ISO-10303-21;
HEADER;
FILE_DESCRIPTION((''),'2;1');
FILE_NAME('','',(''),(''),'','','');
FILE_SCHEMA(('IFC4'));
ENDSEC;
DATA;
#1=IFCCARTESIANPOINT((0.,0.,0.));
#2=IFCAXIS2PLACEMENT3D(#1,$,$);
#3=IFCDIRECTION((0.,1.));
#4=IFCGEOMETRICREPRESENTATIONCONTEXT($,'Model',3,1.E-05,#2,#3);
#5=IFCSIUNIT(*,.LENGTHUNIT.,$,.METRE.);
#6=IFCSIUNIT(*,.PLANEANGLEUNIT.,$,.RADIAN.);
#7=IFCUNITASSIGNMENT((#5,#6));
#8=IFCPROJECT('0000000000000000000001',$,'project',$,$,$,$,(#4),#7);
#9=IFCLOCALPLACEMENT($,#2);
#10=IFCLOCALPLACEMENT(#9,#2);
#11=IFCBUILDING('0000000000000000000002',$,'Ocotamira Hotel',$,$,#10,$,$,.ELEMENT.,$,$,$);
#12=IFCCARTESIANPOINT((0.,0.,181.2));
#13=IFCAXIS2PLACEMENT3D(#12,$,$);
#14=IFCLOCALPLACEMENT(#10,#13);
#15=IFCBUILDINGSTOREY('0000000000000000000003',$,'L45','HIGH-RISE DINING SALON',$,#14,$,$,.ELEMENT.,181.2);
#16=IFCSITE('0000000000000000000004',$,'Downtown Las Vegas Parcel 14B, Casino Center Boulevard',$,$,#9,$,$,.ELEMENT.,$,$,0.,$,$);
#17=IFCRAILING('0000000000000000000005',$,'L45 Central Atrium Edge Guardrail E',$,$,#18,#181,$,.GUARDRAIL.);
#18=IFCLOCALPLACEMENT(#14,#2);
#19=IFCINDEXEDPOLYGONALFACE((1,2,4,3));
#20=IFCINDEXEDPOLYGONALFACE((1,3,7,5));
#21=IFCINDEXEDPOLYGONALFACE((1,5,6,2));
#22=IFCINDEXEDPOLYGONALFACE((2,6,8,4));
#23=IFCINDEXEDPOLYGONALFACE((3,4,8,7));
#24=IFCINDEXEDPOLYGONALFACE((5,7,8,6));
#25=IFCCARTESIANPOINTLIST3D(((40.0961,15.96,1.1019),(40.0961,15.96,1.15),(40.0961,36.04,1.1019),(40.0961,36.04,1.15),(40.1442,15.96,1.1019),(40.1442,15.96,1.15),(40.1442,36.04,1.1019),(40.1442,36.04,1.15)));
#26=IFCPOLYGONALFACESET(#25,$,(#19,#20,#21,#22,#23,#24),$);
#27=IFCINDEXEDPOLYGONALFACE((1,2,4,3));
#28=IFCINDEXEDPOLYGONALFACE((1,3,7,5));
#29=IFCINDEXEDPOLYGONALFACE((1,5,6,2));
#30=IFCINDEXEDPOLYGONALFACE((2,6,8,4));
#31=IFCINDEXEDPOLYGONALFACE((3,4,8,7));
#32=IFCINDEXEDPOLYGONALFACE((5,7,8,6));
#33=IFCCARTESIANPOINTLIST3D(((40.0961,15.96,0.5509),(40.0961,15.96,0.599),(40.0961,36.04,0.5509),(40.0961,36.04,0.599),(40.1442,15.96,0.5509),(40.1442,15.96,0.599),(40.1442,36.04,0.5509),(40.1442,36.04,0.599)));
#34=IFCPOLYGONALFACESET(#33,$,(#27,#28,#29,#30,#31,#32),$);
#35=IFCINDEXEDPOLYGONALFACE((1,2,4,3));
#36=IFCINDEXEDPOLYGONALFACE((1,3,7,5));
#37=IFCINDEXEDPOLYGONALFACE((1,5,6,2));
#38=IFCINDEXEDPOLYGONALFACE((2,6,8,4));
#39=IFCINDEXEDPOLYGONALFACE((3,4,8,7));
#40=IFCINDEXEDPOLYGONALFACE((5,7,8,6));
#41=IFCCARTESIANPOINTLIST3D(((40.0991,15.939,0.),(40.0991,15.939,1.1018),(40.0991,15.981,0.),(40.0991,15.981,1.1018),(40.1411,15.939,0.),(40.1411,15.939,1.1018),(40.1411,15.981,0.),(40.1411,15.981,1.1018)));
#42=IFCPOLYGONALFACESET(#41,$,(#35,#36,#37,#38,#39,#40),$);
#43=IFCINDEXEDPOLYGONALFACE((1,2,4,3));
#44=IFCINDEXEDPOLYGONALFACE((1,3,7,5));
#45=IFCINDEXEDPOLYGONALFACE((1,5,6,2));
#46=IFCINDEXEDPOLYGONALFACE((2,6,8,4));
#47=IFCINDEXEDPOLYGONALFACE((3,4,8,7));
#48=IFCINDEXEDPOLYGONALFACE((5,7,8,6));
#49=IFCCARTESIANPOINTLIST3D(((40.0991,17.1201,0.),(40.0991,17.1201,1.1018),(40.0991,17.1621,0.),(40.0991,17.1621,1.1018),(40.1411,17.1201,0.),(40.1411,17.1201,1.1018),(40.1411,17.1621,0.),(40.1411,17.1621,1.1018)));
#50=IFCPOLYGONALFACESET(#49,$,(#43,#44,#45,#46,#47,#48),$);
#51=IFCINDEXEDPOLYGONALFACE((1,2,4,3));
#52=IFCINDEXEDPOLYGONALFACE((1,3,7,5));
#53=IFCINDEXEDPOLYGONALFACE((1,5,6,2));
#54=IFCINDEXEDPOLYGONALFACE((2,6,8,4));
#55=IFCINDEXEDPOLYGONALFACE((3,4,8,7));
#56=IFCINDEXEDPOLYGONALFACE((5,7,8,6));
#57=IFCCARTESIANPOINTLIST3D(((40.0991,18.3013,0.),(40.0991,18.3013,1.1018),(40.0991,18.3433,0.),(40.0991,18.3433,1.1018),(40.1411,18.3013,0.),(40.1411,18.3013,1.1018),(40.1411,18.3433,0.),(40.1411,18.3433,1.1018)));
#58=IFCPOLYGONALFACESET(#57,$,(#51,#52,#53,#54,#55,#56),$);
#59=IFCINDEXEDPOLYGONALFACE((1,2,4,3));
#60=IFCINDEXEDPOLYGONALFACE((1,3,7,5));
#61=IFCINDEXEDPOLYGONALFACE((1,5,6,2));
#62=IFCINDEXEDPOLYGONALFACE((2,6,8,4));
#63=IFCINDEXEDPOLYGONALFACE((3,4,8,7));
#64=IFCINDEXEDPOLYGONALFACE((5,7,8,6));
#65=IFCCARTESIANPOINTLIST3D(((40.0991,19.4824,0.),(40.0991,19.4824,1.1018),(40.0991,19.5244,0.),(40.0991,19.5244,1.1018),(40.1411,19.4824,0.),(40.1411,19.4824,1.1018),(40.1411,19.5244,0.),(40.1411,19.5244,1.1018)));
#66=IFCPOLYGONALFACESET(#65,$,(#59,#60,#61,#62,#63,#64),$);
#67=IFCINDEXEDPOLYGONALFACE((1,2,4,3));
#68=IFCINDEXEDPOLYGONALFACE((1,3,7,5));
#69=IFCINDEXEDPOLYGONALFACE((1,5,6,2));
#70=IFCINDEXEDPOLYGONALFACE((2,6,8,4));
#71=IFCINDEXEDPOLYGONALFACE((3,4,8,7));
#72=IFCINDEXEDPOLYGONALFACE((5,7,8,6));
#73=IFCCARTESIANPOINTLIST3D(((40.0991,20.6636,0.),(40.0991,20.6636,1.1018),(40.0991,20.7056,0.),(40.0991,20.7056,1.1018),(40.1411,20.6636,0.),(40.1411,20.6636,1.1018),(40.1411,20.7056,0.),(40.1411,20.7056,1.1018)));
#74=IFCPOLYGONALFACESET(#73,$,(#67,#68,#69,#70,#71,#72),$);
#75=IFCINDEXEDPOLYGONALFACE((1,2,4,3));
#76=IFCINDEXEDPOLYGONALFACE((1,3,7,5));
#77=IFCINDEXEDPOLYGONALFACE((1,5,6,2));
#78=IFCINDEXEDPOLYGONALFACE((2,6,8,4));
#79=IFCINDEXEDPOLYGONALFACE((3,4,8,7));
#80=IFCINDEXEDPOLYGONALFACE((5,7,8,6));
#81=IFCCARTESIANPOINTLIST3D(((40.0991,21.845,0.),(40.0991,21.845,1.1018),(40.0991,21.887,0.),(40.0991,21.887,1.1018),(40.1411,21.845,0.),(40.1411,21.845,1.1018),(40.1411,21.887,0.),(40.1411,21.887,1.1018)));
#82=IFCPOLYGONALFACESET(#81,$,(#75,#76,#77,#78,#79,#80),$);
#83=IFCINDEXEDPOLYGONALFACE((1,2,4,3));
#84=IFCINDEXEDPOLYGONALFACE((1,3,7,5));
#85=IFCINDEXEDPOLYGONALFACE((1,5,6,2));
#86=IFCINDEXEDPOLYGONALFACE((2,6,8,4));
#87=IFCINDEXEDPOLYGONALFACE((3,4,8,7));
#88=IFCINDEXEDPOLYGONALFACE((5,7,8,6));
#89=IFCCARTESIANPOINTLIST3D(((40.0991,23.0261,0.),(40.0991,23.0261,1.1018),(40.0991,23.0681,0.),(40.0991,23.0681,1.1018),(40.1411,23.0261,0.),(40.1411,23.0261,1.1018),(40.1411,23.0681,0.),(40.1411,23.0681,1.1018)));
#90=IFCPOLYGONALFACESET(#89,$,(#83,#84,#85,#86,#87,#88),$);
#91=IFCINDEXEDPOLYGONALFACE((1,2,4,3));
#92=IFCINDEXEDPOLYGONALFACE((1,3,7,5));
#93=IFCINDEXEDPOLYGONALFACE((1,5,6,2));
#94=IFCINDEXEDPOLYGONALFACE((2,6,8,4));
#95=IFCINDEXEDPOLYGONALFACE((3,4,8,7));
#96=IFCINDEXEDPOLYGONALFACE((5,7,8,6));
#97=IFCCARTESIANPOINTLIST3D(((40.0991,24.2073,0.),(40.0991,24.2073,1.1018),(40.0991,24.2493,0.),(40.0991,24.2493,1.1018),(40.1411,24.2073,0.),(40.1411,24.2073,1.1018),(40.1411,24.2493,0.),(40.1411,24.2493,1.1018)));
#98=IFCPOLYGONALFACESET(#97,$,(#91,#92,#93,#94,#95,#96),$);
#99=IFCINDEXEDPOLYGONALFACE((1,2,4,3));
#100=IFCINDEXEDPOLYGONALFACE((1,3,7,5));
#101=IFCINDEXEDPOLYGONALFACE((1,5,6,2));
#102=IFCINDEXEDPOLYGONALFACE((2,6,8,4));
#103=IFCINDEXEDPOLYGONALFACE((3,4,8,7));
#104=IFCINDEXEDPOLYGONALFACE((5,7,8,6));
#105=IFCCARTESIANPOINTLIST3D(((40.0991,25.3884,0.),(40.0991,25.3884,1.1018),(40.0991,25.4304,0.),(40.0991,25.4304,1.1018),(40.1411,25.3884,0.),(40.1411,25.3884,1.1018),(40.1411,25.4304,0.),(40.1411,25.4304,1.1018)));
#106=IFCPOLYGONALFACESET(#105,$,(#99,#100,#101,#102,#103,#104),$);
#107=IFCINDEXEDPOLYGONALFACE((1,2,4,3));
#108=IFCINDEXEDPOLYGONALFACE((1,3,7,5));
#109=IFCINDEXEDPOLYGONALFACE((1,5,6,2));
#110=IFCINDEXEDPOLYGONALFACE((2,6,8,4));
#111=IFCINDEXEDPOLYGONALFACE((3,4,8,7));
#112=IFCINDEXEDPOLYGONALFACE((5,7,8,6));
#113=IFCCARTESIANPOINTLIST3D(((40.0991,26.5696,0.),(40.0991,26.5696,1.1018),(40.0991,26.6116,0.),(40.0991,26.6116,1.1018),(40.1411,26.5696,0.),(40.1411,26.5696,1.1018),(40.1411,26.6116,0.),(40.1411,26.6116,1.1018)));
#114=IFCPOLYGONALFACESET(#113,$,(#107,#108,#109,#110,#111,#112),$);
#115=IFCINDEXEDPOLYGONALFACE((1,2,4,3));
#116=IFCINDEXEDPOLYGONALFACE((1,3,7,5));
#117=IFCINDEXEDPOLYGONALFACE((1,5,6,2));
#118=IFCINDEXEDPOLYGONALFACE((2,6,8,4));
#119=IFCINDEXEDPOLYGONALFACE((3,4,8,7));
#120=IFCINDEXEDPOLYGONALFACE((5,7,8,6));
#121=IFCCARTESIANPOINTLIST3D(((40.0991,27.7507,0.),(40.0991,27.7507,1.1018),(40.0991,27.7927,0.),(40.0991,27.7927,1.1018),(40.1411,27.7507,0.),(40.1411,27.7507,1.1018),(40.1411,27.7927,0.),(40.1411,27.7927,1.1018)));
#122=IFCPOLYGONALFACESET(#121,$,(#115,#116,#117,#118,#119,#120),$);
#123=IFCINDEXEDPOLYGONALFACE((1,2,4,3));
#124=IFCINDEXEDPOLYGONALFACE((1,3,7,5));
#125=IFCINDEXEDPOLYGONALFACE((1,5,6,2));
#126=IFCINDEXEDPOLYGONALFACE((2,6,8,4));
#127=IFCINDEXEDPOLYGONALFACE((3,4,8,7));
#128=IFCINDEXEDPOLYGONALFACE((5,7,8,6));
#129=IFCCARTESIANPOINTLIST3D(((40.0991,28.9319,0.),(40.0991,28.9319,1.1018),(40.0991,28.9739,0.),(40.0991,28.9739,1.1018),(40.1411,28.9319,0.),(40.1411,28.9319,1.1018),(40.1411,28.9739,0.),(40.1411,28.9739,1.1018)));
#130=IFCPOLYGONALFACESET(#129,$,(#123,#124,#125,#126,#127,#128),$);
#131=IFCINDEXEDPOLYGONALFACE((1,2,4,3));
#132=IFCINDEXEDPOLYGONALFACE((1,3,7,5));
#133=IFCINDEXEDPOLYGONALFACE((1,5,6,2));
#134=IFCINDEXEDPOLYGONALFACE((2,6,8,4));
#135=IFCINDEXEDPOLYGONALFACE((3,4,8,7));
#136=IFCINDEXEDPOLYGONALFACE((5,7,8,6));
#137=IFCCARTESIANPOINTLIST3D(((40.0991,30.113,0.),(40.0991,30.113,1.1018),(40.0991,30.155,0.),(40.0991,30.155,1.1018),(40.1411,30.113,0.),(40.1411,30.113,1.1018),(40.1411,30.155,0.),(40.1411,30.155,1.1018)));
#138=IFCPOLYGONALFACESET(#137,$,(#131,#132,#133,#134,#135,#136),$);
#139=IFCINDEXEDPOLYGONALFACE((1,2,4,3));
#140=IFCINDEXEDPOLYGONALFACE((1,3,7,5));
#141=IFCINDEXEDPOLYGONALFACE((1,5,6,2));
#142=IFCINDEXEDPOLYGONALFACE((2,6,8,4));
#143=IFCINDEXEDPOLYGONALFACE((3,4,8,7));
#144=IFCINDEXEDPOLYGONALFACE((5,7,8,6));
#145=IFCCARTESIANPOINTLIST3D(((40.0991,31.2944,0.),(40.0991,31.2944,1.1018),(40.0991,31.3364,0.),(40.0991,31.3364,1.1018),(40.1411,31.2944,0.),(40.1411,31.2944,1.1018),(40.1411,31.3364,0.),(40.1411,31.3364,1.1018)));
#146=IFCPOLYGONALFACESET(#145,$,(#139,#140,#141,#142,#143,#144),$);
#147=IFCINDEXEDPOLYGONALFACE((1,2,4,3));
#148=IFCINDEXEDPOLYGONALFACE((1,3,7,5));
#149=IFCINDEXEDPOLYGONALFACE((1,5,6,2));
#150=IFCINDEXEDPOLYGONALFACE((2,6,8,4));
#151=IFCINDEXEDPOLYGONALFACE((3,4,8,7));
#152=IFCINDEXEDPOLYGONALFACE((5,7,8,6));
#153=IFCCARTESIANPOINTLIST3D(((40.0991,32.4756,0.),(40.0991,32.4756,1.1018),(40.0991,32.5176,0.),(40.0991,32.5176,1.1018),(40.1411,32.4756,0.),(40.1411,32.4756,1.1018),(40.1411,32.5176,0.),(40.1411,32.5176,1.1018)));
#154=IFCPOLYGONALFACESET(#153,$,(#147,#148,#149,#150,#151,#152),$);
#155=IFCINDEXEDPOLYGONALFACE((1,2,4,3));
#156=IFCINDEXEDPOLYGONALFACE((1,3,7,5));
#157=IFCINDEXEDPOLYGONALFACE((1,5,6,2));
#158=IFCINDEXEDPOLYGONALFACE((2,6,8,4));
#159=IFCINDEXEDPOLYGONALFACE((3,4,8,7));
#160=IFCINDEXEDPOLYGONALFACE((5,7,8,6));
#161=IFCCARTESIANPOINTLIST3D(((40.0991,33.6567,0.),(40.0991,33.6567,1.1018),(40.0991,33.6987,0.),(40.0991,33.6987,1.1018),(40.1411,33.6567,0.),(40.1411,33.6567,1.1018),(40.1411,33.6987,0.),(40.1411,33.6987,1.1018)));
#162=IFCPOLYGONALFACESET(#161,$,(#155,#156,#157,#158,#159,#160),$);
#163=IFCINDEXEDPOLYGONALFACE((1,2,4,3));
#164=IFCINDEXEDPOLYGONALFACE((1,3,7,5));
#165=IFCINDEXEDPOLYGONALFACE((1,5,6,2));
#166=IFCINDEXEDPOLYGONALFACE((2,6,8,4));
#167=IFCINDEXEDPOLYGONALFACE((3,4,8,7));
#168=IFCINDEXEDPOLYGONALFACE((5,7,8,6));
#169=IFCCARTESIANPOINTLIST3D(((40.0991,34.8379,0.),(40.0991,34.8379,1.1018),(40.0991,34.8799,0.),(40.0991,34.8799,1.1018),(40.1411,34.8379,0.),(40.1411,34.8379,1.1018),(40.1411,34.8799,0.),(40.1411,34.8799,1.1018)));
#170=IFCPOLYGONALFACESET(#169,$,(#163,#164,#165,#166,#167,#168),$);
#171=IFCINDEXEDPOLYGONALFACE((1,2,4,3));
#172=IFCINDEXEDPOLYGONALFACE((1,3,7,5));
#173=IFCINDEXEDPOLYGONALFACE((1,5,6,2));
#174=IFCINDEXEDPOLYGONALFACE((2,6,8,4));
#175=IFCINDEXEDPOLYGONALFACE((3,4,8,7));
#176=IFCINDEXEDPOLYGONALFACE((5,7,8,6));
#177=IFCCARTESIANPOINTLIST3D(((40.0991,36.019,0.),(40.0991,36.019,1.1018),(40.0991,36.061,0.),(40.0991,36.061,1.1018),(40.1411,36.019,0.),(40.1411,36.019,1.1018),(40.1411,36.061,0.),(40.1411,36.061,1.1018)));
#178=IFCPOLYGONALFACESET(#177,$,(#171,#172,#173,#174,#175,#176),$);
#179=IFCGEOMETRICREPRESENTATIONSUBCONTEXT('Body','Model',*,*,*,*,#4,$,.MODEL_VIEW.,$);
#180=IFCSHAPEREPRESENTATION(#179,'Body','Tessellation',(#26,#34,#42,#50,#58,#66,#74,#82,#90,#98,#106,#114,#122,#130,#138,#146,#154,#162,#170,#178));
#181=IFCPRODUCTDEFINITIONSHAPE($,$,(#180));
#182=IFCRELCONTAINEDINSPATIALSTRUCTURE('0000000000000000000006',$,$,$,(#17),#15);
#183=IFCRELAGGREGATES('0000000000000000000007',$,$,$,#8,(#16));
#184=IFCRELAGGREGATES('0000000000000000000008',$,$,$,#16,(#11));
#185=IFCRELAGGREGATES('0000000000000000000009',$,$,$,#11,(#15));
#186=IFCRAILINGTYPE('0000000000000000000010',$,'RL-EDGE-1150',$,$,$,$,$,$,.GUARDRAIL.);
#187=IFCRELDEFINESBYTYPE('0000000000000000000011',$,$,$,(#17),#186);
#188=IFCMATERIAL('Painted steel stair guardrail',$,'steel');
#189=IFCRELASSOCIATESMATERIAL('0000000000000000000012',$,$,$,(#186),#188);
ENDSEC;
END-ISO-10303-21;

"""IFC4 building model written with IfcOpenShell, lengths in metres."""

from ifc_helpers import new_model, si_unit, direction, frame, origin, origin_2d, place, context, subcontext, project, spatial, rectangle, extrude, material, type_object, element, save


model = new_model("IFC4")

# Units and contexts
model_context = context("Model", 3, precision=1e-05, world=origin(), true_north=direction((0.0, 1.0)))
body_context = subcontext(model_context, "Body", "Model", "MODEL_VIEW")
ifc_project = project(units=[si_unit("LENGTHUNIT", "METRE"), si_unit("PLANEANGLEUNIT", "RADIAN")], contexts=[model_context])

# Site, building, storey
site_placement = place(None, origin())
site = spatial("IfcSite", under=ifc_project, at=site_placement, Name="Downtown Las Vegas Parcel 14B, Casino Center Boulevard", CompositionType="ELEMENT", RefElevation=0.0)
building_placement = place(site_placement, origin())
building = spatial("IfcBuilding", under=site, at=building_placement, Name="Ocotamira Hotel", CompositionType="ELEMENT")
storey_placement = place(building_placement, frame((0.0, 0.0, 181.2)))
storey = spatial("IfcBuildingStorey", under=building, at=storey_placement, Name="L45", Description="HIGH-RISE DINING SALON", CompositionType="ELEMENT", Elevation=181.2)

# Railing
ifc_material_1 = material(Name="Painted steel stair guardrail", Category="steel")
railing_type = type_object("IfcRailingType", Name="RL-EDGE-1150", PredefinedType="GUARDRAIL", material=ifc_material_1)
railing_placement = place(storey_placement, frame((40.1201, 15.96, 0.0)))
element("IfcRailing", 1, at=railing_placement, inside=storey, type_object=railing_type, Name="L45 Central Atrium Edge Guardrail E", PredefinedType="GUARDRAIL", context=body_context, shape_type="SweptSolid", body=[
    extrude(rectangle(XDim=0.0481, YDim=0.0481, at=origin_2d()), frame((0.0, 0.0, 1.126), z_axis=(0.0, 1.0, 0.0), x_axis=(-1.0, 0.0, 0.0)), (0.0, 0.0, 1.0), 20.0801),
    extrude(rectangle(XDim=0.0481, YDim=0.0481, at=origin_2d()), frame((0.0, 0.0, 0.575), z_axis=(0.0, 1.0, 0.0), x_axis=(-1.0, 0.0, 0.0)), (0.0, 0.0, 1.0), 20.0801),
    extrude(rectangle(XDim=0.042, YDim=0.042, at=origin_2d()), origin(), (0.0, 0.0, 1.0), 1.1018),
    extrude(rectangle(XDim=0.042, YDim=0.042, at=origin_2d()), frame((0.0, 1.1812, 0.0)), (0.0, 0.0, 1.0), 1.1018),
    extrude(rectangle(XDim=0.042, YDim=0.042, at=origin_2d()), frame((0.0, 2.3623, 0.0)), (0.0, 0.0, 1.0), 1.1018),
    extrude(rectangle(XDim=0.042, YDim=0.042, at=origin_2d()), frame((0.0, 3.5435, 0.0)), (0.0, 0.0, 1.0), 1.1018),
    extrude(rectangle(XDim=0.042, YDim=0.042, at=origin_2d()), frame((0.0, 4.7246, 0.0)), (0.0, 0.0, 1.0), 1.1018),
    extrude(rectangle(XDim=0.042, YDim=0.042, at=origin_2d()), frame((0.0, 5.906, 0.0)), (0.0, 0.0, 1.0), 1.1018),
    extrude(rectangle(XDim=0.042, YDim=0.042, at=origin_2d()), frame((0.0, 7.0872, 0.0)), (0.0, 0.0, 1.0), 1.1018),
    extrude(rectangle(XDim=0.042, YDim=0.042, at=origin_2d()), frame((0.0, 8.2683, 0.0)), (0.0, 0.0, 1.0), 1.1018),
    extrude(rectangle(XDim=0.042, YDim=0.042, at=origin_2d()), frame((0.0, 9.4495, 0.0)), (0.0, 0.0, 1.0), 1.1018),
    extrude(rectangle(XDim=0.042, YDim=0.042, at=origin_2d()), frame((0.0, 10.6306, 0.0)), (0.0, 0.0, 1.0), 1.1018),
    extrude(rectangle(XDim=0.042, YDim=0.042, at=origin_2d()), frame((0.0, 11.8118, 0.0)), (0.0, 0.0, 1.0), 1.1018),
    extrude(rectangle(XDim=0.042, YDim=0.042, at=origin_2d()), frame((0.0, 12.9929, 0.0)), (0.0, 0.0, 1.0), 1.1018),
    extrude(rectangle(XDim=0.042, YDim=0.042, at=origin_2d()), frame((0.0, 14.1741, 0.0)), (0.0, 0.0, 1.0), 1.1018),
    extrude(rectangle(XDim=0.042, YDim=0.042, at=origin_2d()), frame((0.0, 15.3555, 0.0)), (0.0, 0.0, 1.0), 1.1018),
    extrude(rectangle(XDim=0.042, YDim=0.042, at=origin_2d()), frame((0.0, 16.5366, 0.0)), (0.0, 0.0, 1.0), 1.1018),
    extrude(rectangle(XDim=0.042, YDim=0.042, at=origin_2d()), frame((0.0, 17.7178, 0.0)), (0.0, 0.0, 1.0), 1.1018),
    extrude(rectangle(XDim=0.042, YDim=0.042, at=origin_2d()), frame((0.0, 18.8989, 0.0)), (0.0, 0.0, 1.0), 1.1018),
    extrude(rectangle(XDim=0.042, YDim=0.042, at=origin_2d()), frame((0.0, 20.0801, 0.0)), (0.0, 0.0, 1.0), 1.1018),
])

save(model, "model.ifc")
